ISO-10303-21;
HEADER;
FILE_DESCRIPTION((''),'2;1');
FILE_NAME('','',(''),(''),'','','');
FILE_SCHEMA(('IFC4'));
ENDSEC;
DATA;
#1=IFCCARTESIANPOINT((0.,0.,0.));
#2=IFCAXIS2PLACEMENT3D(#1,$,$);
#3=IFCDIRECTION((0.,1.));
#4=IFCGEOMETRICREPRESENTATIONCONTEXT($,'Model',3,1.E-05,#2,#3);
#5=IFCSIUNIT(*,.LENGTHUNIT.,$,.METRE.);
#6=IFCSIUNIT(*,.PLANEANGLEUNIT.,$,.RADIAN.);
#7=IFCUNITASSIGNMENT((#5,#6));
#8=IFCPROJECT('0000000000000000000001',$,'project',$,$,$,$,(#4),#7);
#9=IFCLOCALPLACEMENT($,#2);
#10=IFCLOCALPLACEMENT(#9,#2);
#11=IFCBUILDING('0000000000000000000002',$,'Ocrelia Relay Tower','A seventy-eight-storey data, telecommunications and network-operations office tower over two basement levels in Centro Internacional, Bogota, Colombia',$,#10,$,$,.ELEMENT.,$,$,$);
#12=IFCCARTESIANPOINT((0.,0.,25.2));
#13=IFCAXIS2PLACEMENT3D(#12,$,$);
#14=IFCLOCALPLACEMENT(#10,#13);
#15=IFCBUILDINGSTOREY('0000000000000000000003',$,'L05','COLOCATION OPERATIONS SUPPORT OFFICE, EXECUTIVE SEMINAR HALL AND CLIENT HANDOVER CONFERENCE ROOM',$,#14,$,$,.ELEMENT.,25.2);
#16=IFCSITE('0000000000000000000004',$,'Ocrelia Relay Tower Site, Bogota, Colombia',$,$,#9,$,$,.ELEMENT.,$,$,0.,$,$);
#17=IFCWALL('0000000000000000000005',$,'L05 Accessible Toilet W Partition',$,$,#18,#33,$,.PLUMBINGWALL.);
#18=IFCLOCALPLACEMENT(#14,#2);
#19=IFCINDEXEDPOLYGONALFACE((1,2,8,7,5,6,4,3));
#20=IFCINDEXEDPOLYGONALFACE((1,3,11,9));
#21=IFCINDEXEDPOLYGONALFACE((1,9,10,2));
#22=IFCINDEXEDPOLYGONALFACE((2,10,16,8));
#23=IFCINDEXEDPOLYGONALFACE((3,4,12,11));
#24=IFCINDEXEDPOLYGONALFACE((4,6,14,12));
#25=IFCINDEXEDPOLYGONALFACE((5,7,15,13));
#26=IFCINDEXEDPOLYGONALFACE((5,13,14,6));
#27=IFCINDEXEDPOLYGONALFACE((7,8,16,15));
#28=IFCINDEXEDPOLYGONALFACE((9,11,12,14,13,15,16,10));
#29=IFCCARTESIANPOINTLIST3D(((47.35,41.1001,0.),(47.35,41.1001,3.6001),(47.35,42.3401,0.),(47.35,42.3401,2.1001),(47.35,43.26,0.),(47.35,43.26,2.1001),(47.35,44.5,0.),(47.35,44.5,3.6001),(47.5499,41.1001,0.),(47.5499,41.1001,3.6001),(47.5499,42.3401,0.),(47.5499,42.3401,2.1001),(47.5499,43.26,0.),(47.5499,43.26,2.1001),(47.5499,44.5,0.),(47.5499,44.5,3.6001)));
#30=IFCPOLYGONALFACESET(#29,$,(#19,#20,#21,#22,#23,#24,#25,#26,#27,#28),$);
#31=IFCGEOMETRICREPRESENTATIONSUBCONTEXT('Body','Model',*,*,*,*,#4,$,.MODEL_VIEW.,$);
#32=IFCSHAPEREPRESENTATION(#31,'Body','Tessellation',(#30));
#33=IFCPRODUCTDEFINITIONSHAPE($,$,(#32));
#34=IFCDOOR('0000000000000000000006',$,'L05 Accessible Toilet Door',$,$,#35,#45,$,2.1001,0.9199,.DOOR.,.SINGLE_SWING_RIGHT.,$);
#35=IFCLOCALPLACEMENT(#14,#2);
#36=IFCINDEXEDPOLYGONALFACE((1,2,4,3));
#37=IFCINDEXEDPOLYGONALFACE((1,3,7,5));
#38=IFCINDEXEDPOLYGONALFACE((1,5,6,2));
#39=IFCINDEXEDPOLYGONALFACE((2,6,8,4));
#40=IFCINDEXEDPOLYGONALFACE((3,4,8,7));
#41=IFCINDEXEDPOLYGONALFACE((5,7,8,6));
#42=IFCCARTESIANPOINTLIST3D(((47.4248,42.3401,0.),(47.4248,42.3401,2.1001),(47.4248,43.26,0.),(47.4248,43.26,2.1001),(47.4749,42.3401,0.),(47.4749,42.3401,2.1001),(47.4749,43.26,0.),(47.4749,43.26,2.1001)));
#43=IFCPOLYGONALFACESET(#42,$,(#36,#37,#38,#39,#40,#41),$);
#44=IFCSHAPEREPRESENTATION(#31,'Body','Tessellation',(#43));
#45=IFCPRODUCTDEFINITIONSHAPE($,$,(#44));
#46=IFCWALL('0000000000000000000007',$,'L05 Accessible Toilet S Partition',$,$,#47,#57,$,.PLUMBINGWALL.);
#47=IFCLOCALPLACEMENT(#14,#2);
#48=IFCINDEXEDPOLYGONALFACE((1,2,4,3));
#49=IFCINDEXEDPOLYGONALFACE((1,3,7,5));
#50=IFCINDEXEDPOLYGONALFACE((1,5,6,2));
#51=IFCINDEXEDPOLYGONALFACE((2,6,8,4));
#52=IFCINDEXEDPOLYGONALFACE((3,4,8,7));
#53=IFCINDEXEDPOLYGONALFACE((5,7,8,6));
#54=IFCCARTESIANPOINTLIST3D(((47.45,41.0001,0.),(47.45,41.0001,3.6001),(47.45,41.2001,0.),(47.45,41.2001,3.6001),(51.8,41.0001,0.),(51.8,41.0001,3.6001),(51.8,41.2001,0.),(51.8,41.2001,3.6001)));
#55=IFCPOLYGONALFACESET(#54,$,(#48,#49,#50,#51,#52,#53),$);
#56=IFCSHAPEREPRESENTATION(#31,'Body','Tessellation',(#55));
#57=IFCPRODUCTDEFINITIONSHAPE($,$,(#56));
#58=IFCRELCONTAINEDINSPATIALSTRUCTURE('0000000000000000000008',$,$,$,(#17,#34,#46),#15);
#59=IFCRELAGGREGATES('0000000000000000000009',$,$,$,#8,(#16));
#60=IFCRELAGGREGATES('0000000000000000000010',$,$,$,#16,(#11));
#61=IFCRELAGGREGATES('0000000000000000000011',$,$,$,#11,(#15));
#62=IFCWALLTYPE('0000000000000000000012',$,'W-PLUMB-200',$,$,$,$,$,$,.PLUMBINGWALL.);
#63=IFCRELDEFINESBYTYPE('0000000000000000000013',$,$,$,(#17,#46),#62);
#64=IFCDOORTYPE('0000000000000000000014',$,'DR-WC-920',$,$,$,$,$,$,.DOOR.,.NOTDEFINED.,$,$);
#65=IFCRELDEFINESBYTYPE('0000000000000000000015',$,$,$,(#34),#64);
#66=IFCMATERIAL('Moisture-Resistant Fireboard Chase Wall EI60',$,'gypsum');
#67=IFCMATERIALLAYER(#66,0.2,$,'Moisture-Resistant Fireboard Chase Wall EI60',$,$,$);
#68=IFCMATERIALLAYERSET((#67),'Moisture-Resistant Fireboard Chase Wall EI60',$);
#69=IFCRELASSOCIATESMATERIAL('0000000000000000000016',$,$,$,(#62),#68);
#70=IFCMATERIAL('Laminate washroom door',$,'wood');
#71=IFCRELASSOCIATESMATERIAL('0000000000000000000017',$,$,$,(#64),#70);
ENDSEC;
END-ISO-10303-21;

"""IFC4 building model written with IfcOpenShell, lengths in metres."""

from ifc_helpers import new_model, si_unit, direction, frame, frame_2d, origin, place, context, subcontext, project, spatial, rectangle, extrude, material, layer, layer_set, type_object, element, fill, save


model = new_model("IFC4")

# Units and contexts
model_context = context("Model", 3, precision=1e-05, world=origin(), true_north=direction((0.0, 1.0)))
body_context = subcontext(model_context, "Body", "Model", "MODEL_VIEW")
ifc_project = project(units=[si_unit("LENGTHUNIT", "METRE"), si_unit("PLANEANGLEUNIT", "RADIAN")], contexts=[model_context])

# Site, building, storey
site_placement = place(None, origin())
site = spatial("IfcSite", under=ifc_project, at=site_placement, Name="Ocrelia Relay Tower Site, Bogota, Colombia", CompositionType="ELEMENT", RefElevation=0.0)
building_placement = place(site_placement, origin())
building = spatial("IfcBuilding", under=site, at=building_placement, Name="Ocrelia Relay Tower", Description="A seventy-eight-storey data, telecommunications and network-operations office tower over two basement levels in Centro Internacional, Bogota, Colombia", CompositionType="ELEMENT")
storey_placement = place(building_placement, frame((0.0, 0.0, 25.2)))
storey = spatial("IfcBuildingStorey", under=building, at=storey_placement, Name="L05", Description="COLOCATION OPERATIONS SUPPORT OFFICE, EXECUTIVE SEMINAR HALL AND CLIENT HANDOVER CONFERENCE ROOM", CompositionType="ELEMENT", Elevation=25.2)

# Shared definitions
ifc_material_1 = material(Name="Moisture-Resistant Fireboard Chase Wall EI60", Category="gypsum")
ifc_layer_1 = layer(ifc_material_1, 0.2, Name="Moisture-Resistant Fireboard Chase Wall EI60")
ifc_layer_set_1 = layer_set([ifc_layer_1], Name="Moisture-Resistant Fireboard Chase Wall EI60")
wall_type_1 = type_object("IfcWallType", Name="W-PLUMB-200", PredefinedType="PLUMBINGWALL", material=ifc_layer_set_1)
ifc_material_2 = material(Name="Laminate washroom door", Category="wood")
door_type_1 = type_object("IfcDoorType", Name="DR-WC-920", OperationType="NOTDEFINED", PredefinedType="DOOR", material=ifc_material_2)

# Wall, opening, door
wall_1_placement = place(storey_placement, frame((47.45, 44.5, 0.0), z_axis=(0.0, 0.0, 1.0), x_axis=(0.0, -1.0, 0.0)))
wall_1 = element("IfcWall", 1, at=wall_1_placement, inside=storey, type_object=wall_type_1, Name="L05 Accessible Toilet W Partition", PredefinedType="PLUMBINGWALL", context=body_context, shape_type="SweptSolid", body=[
    extrude(rectangle(XDim=3.3999, YDim=0.2, at=frame_2d((1.7, 0.0))), origin(), (0.0, 0.0, 1.0), 3.6001),
])
opening_1_placement = place(wall_1_placement, frame((1.24, 0.0, 0.0)))
opening_1 = element("IfcOpeningElement", 2, at=opening_1_placement, cuts=wall_1, PredefinedType="OPENING", context=body_context, shape_type="SweptSolid", body=[
    extrude(rectangle(XDim=0.9199, YDim=2.1001, at=frame_2d((0.46, 1.05))), frame((0.0, 0.1099, 0.0), z_axis=(0.0, -1.0, 0.0), x_axis=(1.0, 0.0, 0.0)), (0.0, 0.0, 1.0), 0.22),
])
door_1_placement = place(opening_1_placement, origin())
door_1 = element("IfcDoor", 3, at=door_1_placement, inside=storey, type_object=door_type_1, Name="L05 Accessible Toilet Door", OperationType="SINGLE_SWING_RIGHT", OverallHeight=2.1001, OverallWidth=0.9199, PredefinedType="DOOR", context=body_context, shape_type="SweptSolid", body=[
    extrude(rectangle(XDim=0.9199, YDim=2.1001, at=frame_2d((0.46, 1.05))), frame((0.0, 0.0249, 0.0), z_axis=(0.0, -1.0, 0.0), x_axis=(1.0, 0.0, 0.0)), (0.0, 0.0, 1.0), 0.05),
])
fill(opening_1, door_1)

# Wall
wall_2_placement = place(storey_placement, frame((47.45, 41.1001, 0.0), z_axis=(0.0, 0.0, 1.0), x_axis=(1.0, 0.0, 0.0)))
element("IfcWall", 4, at=wall_2_placement, inside=storey, type_object=wall_type_1, Name="L05 Accessible Toilet S Partition", PredefinedType="PLUMBINGWALL", context=body_context, shape_type="SweptSolid", body=[
    extrude(rectangle(XDim=4.3501, YDim=0.2, at=frame_2d((2.175, 0.0))), origin(), (0.0, 0.0, 1.0), 3.6001),
])

save(model, "model.ifc")
